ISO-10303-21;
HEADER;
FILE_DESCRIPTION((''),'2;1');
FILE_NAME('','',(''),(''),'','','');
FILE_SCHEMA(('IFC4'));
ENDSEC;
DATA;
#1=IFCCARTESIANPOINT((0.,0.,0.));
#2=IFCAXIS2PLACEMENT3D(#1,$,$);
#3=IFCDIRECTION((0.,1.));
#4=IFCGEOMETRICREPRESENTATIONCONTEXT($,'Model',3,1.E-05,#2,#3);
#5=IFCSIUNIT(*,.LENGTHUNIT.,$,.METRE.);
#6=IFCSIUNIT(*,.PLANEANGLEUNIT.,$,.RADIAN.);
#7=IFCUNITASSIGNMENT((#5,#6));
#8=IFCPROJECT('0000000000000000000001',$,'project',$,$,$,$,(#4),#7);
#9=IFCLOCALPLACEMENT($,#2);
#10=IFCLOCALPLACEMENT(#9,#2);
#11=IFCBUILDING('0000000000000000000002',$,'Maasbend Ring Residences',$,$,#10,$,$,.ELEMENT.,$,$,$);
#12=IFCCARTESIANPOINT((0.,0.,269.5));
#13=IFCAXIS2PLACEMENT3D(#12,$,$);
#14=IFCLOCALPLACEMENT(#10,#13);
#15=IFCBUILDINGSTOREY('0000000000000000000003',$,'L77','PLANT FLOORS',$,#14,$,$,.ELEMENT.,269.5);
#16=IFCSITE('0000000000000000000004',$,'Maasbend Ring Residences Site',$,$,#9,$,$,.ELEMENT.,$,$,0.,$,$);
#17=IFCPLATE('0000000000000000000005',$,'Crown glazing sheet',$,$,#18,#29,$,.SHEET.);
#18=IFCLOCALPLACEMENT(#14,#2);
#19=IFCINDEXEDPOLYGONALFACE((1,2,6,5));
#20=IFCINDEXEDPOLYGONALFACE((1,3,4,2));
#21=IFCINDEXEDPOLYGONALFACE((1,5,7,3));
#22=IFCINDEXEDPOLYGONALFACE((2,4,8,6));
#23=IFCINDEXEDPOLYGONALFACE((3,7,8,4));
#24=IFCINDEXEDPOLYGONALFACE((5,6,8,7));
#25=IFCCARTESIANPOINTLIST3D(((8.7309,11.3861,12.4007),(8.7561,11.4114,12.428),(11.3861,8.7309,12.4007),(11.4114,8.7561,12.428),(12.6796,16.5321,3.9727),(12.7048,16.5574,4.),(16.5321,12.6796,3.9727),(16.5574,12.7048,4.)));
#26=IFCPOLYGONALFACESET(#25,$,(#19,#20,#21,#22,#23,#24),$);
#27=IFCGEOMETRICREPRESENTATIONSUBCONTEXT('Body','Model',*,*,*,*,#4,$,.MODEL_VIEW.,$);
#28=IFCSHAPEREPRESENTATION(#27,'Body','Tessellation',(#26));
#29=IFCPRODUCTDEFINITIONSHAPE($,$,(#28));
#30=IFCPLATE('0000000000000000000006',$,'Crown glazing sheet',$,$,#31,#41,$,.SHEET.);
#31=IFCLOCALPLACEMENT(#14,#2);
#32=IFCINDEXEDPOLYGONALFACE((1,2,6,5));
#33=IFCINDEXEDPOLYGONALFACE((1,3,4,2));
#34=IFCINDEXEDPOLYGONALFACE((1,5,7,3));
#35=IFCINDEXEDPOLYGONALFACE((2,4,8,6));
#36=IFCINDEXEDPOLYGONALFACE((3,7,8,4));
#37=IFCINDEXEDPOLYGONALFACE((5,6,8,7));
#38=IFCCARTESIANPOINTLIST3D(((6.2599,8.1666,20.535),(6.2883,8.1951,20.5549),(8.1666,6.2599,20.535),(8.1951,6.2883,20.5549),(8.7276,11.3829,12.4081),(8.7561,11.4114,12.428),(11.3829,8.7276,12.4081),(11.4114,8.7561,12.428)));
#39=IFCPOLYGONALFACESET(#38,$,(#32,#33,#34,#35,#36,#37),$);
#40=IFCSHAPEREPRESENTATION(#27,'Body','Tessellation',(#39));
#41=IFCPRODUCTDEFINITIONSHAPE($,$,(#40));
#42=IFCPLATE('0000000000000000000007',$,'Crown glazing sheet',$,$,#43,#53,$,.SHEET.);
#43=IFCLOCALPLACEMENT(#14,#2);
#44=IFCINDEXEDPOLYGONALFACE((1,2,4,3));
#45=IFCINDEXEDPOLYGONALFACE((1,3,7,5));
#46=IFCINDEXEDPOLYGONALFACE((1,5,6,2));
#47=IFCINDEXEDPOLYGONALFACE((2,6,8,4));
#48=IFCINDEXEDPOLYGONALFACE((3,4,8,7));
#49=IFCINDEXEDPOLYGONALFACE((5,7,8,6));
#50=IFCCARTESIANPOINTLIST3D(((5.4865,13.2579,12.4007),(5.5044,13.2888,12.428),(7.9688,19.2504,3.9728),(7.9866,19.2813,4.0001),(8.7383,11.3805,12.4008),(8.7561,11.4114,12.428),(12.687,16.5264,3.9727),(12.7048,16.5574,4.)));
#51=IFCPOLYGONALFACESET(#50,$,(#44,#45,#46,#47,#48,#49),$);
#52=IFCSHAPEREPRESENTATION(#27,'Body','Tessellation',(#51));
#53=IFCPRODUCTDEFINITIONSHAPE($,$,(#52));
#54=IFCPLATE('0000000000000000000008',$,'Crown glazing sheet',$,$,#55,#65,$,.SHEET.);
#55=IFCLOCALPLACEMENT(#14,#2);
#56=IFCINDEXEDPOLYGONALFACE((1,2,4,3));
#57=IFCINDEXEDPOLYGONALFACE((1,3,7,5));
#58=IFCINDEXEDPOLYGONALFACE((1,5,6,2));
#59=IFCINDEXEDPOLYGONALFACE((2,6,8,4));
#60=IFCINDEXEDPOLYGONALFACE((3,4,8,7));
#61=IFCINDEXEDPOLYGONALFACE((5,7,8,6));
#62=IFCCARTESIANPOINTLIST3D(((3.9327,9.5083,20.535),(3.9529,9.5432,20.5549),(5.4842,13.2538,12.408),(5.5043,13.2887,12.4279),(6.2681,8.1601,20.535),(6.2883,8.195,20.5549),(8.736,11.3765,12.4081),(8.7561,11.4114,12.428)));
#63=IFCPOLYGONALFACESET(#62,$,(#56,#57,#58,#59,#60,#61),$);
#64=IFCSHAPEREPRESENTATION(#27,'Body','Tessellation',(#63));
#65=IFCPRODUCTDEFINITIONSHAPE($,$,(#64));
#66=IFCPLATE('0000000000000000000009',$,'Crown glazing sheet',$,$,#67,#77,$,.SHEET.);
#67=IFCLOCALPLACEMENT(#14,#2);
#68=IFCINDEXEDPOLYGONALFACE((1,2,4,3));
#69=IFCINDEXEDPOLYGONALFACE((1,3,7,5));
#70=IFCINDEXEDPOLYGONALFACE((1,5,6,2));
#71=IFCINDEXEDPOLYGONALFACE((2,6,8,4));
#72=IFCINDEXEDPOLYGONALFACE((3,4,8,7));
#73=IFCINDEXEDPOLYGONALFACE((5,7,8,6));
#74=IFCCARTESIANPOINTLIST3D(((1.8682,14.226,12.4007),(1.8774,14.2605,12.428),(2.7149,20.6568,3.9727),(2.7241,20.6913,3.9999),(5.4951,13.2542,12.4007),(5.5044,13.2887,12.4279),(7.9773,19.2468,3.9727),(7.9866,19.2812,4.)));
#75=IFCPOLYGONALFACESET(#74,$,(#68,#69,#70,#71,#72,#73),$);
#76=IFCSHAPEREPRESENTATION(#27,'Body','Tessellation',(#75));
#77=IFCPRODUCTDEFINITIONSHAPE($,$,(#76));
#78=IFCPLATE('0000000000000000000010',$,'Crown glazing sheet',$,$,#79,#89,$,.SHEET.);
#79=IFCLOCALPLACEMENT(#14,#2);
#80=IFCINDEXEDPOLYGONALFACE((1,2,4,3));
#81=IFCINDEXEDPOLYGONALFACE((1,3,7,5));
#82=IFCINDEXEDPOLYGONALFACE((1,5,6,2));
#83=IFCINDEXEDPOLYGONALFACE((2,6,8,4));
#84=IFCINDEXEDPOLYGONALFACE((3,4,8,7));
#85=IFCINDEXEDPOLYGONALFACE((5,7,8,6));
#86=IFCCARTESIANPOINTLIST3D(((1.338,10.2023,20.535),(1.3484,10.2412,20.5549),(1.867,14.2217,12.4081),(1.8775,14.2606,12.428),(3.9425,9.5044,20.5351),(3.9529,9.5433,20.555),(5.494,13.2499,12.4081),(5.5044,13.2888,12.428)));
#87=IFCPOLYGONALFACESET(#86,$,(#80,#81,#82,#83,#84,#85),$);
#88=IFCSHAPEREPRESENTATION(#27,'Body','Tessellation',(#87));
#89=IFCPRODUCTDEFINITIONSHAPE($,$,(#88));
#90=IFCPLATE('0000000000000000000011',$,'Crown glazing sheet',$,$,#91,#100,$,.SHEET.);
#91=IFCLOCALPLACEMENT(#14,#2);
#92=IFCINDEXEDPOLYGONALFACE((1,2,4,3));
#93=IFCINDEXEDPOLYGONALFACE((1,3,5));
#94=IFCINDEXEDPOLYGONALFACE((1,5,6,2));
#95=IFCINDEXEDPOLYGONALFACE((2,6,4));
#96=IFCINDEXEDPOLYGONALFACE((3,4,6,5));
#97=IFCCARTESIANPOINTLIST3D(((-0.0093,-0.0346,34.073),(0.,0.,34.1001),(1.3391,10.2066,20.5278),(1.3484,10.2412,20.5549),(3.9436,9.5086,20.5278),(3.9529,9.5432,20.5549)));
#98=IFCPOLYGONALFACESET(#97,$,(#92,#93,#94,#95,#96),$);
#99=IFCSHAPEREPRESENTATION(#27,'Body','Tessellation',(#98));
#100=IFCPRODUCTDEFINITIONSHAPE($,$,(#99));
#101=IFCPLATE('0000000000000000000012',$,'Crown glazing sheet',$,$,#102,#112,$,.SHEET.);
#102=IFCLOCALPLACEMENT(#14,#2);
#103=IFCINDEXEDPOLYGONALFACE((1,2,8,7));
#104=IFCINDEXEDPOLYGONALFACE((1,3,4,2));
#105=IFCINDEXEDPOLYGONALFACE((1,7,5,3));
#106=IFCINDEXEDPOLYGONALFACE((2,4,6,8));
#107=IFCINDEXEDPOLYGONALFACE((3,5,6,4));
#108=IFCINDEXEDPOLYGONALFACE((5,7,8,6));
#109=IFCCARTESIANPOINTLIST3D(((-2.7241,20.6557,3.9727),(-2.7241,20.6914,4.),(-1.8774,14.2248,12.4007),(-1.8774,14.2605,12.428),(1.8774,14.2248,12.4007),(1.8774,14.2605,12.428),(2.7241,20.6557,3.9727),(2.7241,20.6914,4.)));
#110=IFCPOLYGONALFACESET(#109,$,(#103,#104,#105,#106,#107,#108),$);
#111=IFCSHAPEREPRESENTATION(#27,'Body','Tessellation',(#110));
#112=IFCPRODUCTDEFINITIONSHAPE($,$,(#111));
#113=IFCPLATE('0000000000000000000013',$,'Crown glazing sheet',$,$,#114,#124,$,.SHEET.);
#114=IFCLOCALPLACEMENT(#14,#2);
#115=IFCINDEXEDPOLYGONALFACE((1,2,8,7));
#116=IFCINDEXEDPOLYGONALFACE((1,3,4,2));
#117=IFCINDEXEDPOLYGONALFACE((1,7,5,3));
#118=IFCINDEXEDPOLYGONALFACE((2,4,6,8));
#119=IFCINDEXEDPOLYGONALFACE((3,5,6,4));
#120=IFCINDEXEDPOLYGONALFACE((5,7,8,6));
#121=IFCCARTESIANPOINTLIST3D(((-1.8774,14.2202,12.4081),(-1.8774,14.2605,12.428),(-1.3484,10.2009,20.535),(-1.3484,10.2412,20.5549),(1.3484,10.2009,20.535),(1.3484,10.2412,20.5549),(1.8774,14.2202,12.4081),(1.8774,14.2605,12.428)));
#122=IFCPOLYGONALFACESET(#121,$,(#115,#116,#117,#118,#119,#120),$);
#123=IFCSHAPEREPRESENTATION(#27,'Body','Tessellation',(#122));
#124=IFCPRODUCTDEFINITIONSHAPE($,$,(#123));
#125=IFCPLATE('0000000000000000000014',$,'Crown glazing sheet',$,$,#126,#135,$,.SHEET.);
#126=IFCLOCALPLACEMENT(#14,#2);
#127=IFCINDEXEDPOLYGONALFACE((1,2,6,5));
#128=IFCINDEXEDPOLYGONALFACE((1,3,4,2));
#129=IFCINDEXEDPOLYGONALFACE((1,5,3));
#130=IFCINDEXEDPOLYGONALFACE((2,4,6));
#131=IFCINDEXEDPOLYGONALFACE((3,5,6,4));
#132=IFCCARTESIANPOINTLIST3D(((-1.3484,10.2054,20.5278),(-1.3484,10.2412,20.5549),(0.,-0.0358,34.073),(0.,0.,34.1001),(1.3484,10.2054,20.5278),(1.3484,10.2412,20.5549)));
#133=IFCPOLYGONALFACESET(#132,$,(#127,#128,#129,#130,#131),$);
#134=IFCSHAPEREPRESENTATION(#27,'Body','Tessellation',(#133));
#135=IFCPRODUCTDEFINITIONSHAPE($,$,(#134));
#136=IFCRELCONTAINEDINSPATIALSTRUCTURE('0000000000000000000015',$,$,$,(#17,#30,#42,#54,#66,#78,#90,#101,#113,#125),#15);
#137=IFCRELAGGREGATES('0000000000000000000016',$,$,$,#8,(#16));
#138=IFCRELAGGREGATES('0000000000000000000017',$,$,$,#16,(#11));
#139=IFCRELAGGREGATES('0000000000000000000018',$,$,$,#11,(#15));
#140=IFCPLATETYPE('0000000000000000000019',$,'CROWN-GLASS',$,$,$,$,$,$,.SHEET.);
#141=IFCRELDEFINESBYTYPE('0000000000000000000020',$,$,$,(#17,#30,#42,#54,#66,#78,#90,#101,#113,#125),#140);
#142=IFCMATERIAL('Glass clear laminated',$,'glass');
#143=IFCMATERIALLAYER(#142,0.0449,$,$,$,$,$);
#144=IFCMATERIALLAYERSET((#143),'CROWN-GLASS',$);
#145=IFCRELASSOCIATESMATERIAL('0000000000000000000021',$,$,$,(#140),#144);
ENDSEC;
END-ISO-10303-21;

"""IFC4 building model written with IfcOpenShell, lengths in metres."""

from ifc_helpers import new_model, si_unit, direction, frame, origin, place, context, subcontext, project, spatial, polyline, outline, extrude, material, layer, layer_set, type_object, element, save


model = new_model("IFC4")

# Units and contexts
model_context = context("Model", 3, precision=1e-05, world=origin(), true_north=direction((0.0, 1.0)))
body_context = subcontext(model_context, "Body", "Model", "MODEL_VIEW")
ifc_project = project(units=[si_unit("LENGTHUNIT", "METRE"), si_unit("PLANEANGLEUNIT", "RADIAN")], contexts=[model_context])

# Site, building, storey
site_placement = place(None, origin())
site = spatial("IfcSite", under=ifc_project, at=site_placement, Name="Maasbend Ring Residences Site", CompositionType="ELEMENT", RefElevation=0.0)
building_placement = place(site_placement, origin())
building = spatial("IfcBuilding", under=site, at=building_placement, Name="Maasbend Ring Residences", CompositionType="ELEMENT")
storey_placement = place(building_placement, frame((0.0, 0.0, 269.5)))
storey = spatial("IfcBuildingStorey", under=building, at=storey_placement, Name="L77", Description="PLANT FLOORS", CompositionType="ELEMENT", Elevation=269.5)

# Plates
ifc_material_1 = material(Name="Glass clear laminated", Category="glass")
ifc_layer = layer(ifc_material_1, 0.0449)
ifc_layer_set = layer_set([ifc_layer], Name="CROWN-GLASS")
plate_type = type_object("IfcPlateType", Name="CROWN-GLASS", PredefinedType="SHEET", material=ifc_layer_set)
plate_1_placement = place(storey_placement, frame((16.5574, 12.7048, 4.0), z_axis=(0.562146, 0.562146, 0.606618), x_axis=(-0.707107, 0.707107, 0.0)))
element("IfcPlate", 1, at=plate_1_placement, inside=storey, type_object=plate_type, Name="Crown glazing sheet", PredefinedType="SHEET", context=body_context, shape_type="SweptSolid", body=[
    extrude(outline(polyline([(0.0, 0.0), (5.4483, 0.0), (4.6017, 10.6013), (0.8466, 10.6013), (0.0, 0.0)])), origin(), (0.0, 0.0, -1.0), 0.0449),
])
plate_2_placement = place(storey_placement, frame((11.4114, 8.7561, 12.428), z_axis=(0.633829, 0.633829, 0.443307), x_axis=(-0.707107, 0.707107, 0.0)))
element("IfcPlate", 2, at=plate_2_placement, inside=storey, type_object=plate_type, Name="Crown glazing sheet", PredefinedType="SHEET", context=body_context, shape_type="SweptSolid", body=[
    extrude(outline(polyline([(0.0, 0.0), (3.7551, 0.0), (3.2258, 9.0665), (0.5293, 9.0665), (0.0, 0.0)])), origin(), (0.0, 0.0, -1.0), 0.0449),
])
plate_3_placement = place(storey_placement, frame((12.7048, 16.5574, 4.0), z_axis=(0.39749, 0.688496, 0.606609), x_axis=(-0.866036, 0.499982, 0.00001)))
element("IfcPlate", 3, at=plate_3_placement, inside=storey, type_object=plate_type, Name="Crown glazing sheet", PredefinedType="SHEET", context=body_context, shape_type="SweptSolid", body=[
    extrude(outline(polyline([(0.0, 0.0), (5.4481, 0.0), (4.6017, 10.6012), (0.8469, 10.6013), (0.0, 0.0)])), origin(), (0.0, 0.0, -1.0), 0.0449),
])
plate_4_placement = place(storey_placement, frame((8.7561, 11.4114, 12.428), z_axis=(0.448164, 0.776282, 0.443322), x_axis=(-0.866033, 0.499988, -0.000015)))
element("IfcPlate", 4, at=plate_4_placement, inside=storey, type_object=plate_type, Name="Crown glazing sheet", PredefinedType="SHEET", context=body_context, shape_type="SweptSolid", body=[
    extrude(outline(polyline([(0.0, 0.0), (3.7548, 0.0), (3.2256, 9.0666), (0.5289, 9.0665), (0.0, 0.0)])), origin(), (0.0, 0.0, -1.0), 0.0449),
])
plate_5_placement = place(storey_placement, frame((7.9866, 19.2812, 4.0), z_axis=(0.205755, 0.767913, 0.606609), x_axis=(-0.965926, 0.25882, -0.000011)))
element("IfcPlate", 5, at=plate_5_placement, inside=storey, type_object=plate_type, Name="Crown glazing sheet", PredefinedType="SHEET", context=body_context, shape_type="SweptSolid", body=[
    extrude(outline(polyline([(0.0, 0.0), (5.4481, 0.0), (4.6014, 10.6013), (0.8465, 10.6012), (0.0, 0.0)])), origin(), (0.0, 0.0, -1.0), 0.0449),
])
plate_6_placement = place(storey_placement, frame((5.5044, 13.2888, 12.428), z_axis=(0.231992, 0.865822, 0.44332), x_axis=(-0.965929, 0.258807, 0.000014)))
element("IfcPlate", 6, at=plate_6_placement, inside=storey, type_object=plate_type, Name="Crown glazing sheet", PredefinedType="SHEET", context=body_context, shape_type="SweptSolid", body=[
    extrude(outline(polyline([(0.0, 0.0), (3.7549, 0.0), (3.2258, 9.0665), (0.5294, 9.0666), (0.0, 0.0)])), origin(), (0.0, 0.0, -1.0), 0.0449),
])
plate_7_placement = place(storey_placement, frame((3.9529, 9.5432, 20.5549), z_axis=(0.206486, 0.770478, 0.603097), x_axis=(-0.965914, 0.258863, 0.0)))
element("IfcPlate", 7, at=plate_7_placement, inside=storey, type_object=plate_type, Name="Crown glazing sheet", PredefinedType="SHEET", context=body_context, shape_type="SweptSolid", body=[
    extrude(outline(polyline([(0.0, 0.0), (2.6964, 0.0), (1.3478, 16.981), (0.0, 0.0)])), origin(), (0.0, 0.0, -1.0), 0.0449),
])
plate_8_placement = place(storey_placement, frame((2.7241, 20.6914, 4.0), z_axis=(0.0, 0.794995, 0.606615), x_axis=(-1.0, 0.0, 0.0)))
element("IfcPlate", 8, at=plate_8_placement, inside=storey, type_object=plate_type, Name="Crown glazing sheet", PredefinedType="SHEET", context=body_context, shape_type="SweptSolid", body=[
    extrude(outline(polyline([(0.0, 0.0), (5.4482, 0.0), (4.6016, 10.6013), (0.8467, 10.6013), (0.0, 0.0)])), origin(), (0.0, 0.0, -1.0), 0.0449),
])
plate_9_placement = place(storey_placement, frame((1.8774, 14.2605, 12.428), z_axis=(0.0, 0.896368, 0.44331), x_axis=(-1.0, 0.0, 0.0)))
element("IfcPlate", 9, at=plate_9_placement, inside=storey, type_object=plate_type, Name="Crown glazing sheet", PredefinedType="SHEET", context=body_context, shape_type="SweptSolid", body=[
    extrude(outline(polyline([(0.0, 0.0), (3.7549, 0.0), (3.2258, 9.0665), (0.5291, 9.0665), (0.0, 0.0)])), origin(), (0.0, 0.0, -1.0), 0.0449),
])
plate_10_placement = place(storey_placement, frame((1.3484, 10.2412, 20.5549), z_axis=(0.0, 0.797667, 0.603099), x_axis=(-1.0, 0.0, 0.0)))
element("IfcPlate", 10, at=plate_10_placement, inside=storey, type_object=plate_type, Name="Crown glazing sheet", PredefinedType="SHEET", context=body_context, shape_type="SweptSolid", body=[
    extrude(outline(polyline([(0.0, 0.0), (2.6968, 0.0), (1.3484, 16.981), (0.0, 0.0)])), origin(), (0.0, 0.0, -1.0), 0.0449),
])

save(model, "model.ifc")
